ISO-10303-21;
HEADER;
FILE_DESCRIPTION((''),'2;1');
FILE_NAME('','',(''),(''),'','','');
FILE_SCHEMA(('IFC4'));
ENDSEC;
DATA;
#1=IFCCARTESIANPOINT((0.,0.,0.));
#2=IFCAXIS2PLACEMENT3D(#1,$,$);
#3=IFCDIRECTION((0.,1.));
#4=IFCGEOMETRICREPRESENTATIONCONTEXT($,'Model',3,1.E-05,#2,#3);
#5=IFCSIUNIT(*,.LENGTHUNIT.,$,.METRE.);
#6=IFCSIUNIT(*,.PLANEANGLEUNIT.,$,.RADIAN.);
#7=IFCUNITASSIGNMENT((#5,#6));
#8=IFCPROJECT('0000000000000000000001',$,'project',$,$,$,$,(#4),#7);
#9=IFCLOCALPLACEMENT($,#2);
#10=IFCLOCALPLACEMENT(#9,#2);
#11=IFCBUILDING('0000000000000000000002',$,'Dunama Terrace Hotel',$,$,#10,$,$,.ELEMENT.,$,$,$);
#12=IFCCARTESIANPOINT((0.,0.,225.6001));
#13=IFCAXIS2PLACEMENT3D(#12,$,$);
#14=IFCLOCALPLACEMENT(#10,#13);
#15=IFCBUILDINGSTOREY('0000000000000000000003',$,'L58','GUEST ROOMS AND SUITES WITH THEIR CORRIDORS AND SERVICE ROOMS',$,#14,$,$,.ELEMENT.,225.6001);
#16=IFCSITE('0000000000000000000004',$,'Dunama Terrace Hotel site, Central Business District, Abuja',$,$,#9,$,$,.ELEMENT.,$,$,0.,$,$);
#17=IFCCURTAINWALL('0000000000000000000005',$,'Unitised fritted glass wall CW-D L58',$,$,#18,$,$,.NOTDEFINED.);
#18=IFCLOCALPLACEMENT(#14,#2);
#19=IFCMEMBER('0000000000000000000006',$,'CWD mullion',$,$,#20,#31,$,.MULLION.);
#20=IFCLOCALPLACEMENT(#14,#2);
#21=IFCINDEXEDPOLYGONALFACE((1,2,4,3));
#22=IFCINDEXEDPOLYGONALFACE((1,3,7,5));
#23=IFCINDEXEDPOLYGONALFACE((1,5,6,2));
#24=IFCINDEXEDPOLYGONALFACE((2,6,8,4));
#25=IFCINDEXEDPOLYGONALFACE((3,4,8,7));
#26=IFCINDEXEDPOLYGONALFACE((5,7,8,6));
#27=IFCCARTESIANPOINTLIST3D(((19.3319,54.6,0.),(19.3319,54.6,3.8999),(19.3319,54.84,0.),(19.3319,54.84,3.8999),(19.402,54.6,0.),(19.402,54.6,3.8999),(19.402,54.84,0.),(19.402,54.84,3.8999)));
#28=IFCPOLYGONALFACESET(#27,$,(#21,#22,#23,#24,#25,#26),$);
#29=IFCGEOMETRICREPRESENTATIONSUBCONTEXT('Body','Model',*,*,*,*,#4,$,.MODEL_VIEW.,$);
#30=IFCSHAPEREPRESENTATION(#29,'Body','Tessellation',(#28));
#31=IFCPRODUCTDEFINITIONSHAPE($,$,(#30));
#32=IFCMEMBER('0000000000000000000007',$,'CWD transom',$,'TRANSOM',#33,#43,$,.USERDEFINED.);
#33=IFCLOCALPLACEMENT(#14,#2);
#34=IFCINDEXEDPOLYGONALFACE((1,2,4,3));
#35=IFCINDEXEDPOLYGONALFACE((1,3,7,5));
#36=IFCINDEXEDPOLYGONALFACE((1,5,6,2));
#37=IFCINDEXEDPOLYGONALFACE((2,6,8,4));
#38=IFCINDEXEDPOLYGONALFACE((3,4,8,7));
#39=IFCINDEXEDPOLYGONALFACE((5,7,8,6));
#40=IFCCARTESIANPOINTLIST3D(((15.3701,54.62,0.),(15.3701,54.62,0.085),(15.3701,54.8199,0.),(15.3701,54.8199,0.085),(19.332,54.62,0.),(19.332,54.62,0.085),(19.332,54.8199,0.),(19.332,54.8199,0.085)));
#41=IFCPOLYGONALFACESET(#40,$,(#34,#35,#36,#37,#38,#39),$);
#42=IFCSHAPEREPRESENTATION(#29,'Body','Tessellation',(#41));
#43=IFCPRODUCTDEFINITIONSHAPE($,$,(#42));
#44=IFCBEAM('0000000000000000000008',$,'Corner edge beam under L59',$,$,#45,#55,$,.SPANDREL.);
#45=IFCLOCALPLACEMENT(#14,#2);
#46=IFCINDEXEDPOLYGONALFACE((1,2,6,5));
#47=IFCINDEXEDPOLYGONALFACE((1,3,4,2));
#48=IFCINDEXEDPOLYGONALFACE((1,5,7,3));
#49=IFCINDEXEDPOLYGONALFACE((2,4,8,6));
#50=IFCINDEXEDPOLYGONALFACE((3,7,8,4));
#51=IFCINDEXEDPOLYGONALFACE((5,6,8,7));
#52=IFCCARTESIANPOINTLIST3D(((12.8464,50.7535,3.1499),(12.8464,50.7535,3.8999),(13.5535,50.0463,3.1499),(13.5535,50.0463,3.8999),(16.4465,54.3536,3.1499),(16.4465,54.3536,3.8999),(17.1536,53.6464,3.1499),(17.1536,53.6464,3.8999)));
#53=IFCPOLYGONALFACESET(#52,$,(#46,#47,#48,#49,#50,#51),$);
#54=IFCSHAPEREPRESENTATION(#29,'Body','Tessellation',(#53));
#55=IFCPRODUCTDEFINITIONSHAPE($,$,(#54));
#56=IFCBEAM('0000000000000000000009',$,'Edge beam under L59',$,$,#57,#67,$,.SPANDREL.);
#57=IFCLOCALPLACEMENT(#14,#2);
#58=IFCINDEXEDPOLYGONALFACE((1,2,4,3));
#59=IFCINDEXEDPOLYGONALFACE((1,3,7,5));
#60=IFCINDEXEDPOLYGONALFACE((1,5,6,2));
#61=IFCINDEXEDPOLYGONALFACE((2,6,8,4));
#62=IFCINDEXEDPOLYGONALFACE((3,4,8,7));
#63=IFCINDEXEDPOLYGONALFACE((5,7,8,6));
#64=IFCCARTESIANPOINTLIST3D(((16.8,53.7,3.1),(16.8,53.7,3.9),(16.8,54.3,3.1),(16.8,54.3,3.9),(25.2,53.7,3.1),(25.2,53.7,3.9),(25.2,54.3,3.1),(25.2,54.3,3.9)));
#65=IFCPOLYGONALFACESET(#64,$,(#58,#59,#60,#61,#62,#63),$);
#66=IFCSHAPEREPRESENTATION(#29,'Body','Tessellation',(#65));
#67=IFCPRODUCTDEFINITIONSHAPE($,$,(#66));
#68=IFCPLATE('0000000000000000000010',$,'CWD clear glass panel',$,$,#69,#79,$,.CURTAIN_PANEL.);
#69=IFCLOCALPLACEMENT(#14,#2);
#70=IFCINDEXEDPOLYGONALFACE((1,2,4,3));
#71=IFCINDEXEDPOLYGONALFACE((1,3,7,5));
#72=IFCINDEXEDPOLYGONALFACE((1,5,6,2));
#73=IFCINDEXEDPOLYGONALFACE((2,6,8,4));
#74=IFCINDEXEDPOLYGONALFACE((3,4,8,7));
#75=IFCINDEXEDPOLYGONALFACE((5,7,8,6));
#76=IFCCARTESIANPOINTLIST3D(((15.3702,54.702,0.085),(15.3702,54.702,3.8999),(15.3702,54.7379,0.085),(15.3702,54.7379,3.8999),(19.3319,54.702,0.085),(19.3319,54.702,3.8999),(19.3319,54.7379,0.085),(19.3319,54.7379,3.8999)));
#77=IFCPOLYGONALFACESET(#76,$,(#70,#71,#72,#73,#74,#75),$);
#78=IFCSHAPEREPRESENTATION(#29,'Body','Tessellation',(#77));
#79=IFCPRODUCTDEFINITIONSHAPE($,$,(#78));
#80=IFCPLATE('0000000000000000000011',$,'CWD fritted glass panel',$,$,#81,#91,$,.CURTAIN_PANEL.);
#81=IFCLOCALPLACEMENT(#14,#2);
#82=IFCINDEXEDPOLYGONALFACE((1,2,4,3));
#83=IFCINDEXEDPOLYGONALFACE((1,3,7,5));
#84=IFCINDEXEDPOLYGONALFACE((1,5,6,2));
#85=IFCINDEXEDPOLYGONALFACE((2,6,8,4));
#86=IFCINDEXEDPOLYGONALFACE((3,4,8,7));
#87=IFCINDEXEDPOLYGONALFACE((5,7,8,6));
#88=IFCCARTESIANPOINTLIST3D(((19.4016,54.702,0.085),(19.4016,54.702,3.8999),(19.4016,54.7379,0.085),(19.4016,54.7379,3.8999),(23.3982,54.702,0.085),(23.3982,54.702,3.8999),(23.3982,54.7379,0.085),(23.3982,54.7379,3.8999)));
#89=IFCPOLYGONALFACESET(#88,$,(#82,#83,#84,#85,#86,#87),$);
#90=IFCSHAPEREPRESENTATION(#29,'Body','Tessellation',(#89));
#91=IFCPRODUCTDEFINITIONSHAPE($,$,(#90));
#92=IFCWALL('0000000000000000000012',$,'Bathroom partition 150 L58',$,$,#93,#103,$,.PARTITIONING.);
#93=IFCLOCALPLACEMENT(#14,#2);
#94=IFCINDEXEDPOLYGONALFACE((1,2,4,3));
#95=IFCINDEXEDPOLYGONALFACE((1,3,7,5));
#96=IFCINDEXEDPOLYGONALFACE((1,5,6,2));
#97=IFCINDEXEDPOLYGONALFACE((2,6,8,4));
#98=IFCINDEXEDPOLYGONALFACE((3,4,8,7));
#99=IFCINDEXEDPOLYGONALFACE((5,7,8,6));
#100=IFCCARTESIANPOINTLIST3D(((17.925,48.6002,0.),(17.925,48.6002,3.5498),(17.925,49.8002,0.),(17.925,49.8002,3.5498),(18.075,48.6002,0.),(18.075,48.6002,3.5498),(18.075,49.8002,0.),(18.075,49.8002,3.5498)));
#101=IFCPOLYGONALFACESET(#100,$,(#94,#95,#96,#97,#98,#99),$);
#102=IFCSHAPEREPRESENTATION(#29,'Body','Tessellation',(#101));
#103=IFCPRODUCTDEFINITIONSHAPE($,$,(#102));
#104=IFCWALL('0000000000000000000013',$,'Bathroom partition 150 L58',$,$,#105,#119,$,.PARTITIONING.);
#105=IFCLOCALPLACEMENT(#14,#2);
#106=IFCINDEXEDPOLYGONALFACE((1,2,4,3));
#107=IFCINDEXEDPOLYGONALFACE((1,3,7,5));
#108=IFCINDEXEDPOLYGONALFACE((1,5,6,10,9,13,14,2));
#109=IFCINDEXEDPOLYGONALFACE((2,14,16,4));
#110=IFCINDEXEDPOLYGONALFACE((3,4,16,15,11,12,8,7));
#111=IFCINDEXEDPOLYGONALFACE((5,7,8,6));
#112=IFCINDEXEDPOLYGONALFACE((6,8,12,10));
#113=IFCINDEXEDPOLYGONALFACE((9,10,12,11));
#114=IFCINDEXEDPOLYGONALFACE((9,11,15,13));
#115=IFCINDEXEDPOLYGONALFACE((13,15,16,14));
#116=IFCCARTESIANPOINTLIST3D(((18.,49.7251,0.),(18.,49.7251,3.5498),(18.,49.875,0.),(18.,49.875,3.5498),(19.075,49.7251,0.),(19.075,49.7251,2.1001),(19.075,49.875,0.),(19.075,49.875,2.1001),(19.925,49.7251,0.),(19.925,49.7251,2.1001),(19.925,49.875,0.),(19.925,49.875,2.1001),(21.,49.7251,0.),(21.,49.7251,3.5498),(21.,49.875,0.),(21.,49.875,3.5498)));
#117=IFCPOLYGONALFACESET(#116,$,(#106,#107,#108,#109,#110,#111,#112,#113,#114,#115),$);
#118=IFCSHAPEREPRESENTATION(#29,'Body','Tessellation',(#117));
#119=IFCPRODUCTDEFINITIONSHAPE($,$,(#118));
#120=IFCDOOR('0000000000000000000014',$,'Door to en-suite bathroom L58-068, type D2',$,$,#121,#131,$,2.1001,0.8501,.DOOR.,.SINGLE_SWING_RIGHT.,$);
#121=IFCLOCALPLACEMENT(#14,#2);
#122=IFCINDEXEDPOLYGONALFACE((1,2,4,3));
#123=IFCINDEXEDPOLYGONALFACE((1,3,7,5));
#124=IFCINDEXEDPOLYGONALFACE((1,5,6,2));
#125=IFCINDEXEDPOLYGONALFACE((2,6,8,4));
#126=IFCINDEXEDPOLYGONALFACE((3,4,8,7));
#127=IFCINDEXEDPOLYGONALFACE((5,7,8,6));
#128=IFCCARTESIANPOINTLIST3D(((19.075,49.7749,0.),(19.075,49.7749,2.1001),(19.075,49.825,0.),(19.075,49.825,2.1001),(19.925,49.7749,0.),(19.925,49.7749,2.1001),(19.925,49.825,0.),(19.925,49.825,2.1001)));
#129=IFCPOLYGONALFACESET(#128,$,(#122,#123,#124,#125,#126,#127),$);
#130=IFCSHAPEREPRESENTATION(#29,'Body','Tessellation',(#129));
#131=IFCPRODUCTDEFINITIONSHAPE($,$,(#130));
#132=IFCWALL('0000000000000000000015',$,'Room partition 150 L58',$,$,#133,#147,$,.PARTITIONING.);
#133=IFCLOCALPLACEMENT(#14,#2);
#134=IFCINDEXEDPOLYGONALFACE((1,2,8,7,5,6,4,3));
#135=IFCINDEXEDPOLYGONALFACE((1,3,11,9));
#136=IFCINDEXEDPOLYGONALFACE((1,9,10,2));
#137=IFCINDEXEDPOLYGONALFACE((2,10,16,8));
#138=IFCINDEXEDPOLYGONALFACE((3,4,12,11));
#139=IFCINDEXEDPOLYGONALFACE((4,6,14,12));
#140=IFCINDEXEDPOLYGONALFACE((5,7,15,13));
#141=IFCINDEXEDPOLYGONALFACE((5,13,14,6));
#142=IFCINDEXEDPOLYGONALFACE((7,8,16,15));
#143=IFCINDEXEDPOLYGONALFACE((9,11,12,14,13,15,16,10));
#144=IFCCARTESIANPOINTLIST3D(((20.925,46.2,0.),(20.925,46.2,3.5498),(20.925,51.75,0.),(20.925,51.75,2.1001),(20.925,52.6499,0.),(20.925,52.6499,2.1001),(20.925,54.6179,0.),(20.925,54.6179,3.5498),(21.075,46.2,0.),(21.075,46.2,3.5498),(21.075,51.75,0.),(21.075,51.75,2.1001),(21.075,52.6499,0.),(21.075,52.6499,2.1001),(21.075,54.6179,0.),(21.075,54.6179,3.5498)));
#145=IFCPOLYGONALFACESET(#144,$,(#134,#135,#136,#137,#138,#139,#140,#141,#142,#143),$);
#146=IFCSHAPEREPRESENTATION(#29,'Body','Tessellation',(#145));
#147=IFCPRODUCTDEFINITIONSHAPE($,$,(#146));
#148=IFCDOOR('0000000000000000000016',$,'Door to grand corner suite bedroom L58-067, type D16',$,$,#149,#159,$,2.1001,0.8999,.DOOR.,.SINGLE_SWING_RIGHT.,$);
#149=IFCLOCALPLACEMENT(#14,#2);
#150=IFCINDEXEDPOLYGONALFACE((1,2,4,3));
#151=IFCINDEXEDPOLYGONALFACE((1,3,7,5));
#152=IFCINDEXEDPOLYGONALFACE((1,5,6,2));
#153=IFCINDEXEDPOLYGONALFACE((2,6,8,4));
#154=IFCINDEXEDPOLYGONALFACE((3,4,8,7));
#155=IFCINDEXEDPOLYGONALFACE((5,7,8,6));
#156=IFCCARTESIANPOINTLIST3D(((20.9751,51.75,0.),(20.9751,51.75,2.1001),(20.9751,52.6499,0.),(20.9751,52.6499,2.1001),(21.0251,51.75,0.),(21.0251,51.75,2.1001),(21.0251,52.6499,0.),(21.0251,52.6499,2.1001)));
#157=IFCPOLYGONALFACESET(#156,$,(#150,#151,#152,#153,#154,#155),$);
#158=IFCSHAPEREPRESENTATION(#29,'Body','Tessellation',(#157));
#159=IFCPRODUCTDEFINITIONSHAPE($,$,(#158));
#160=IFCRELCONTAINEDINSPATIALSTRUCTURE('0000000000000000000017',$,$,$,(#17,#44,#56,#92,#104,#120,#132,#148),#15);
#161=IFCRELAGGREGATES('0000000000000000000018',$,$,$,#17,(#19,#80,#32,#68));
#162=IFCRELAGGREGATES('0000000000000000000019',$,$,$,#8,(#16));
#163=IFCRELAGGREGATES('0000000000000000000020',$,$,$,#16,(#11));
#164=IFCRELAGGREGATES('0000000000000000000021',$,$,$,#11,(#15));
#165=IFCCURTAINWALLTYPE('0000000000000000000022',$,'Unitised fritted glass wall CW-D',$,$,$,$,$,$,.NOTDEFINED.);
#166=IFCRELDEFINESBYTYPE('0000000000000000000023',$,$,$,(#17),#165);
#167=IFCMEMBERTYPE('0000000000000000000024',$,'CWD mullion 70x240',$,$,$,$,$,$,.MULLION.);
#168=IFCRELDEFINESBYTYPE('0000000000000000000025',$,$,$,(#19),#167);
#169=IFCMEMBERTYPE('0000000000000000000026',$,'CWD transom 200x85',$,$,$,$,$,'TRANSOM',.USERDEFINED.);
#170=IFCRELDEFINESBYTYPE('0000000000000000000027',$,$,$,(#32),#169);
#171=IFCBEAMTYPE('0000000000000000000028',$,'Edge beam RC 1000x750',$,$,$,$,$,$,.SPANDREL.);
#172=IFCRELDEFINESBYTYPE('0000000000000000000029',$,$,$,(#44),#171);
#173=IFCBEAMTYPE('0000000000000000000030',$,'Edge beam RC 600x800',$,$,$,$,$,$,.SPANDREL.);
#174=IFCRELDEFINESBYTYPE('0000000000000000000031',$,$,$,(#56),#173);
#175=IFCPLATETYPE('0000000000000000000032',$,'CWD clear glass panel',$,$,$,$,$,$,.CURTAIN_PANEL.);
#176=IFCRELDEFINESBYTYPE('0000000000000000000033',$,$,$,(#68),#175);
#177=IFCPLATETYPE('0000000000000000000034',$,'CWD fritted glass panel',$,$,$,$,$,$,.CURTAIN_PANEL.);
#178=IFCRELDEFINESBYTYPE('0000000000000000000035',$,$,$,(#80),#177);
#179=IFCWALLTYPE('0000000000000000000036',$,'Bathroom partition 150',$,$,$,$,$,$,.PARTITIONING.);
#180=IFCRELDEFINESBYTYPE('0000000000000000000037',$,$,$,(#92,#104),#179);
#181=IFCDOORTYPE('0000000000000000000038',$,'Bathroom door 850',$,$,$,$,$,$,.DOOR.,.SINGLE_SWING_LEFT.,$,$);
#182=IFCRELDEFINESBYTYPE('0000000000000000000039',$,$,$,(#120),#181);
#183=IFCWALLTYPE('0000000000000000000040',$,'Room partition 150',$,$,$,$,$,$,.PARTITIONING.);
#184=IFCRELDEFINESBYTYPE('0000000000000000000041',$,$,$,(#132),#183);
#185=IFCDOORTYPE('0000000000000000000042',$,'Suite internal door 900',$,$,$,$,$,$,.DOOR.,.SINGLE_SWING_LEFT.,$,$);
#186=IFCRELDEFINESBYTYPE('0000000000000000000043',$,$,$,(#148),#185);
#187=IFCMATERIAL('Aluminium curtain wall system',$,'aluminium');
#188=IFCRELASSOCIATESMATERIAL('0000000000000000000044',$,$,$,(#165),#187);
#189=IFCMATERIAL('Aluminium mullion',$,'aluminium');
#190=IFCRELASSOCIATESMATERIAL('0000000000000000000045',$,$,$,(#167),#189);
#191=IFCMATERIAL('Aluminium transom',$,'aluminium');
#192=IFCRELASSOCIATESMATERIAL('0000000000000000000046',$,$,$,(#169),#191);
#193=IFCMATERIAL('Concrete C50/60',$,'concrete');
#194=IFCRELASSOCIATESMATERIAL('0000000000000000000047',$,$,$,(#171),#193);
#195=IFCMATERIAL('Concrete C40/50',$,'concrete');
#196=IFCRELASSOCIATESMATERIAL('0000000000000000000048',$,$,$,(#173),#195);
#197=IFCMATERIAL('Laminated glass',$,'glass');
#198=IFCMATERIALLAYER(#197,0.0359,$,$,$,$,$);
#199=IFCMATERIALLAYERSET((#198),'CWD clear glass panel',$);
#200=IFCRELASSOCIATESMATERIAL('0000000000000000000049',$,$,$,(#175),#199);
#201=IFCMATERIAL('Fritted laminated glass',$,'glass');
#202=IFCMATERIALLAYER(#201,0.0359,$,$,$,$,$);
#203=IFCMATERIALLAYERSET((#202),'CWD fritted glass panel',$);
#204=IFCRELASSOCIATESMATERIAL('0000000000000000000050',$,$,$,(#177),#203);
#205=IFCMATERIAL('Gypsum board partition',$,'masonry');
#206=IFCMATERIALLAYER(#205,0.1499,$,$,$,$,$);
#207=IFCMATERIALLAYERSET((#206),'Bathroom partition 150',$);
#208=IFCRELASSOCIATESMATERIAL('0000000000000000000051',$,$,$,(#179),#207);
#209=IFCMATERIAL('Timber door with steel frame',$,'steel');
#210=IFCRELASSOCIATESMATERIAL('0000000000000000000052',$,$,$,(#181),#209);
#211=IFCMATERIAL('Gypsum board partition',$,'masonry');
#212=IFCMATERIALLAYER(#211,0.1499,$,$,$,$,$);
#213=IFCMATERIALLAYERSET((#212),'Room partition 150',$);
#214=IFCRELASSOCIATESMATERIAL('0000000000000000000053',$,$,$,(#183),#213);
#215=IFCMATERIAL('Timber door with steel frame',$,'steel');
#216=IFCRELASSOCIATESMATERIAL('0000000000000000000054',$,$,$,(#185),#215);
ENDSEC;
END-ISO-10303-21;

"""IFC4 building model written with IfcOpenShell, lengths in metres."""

from ifc_helpers import new_model, si_unit, direction, frame, frame_2d, origin, origin_2d, place, context, subcontext, project, spatial, rectangle, extrude, material, layer, layer_set, material_profile, profile_set, type_object, element, fill, aggregate, save


model = new_model("IFC4")

# Units and contexts
model_context = context("Model", 3, precision=1e-05, world=origin(), true_north=direction((0.0, 1.0)))
body_context = subcontext(model_context, "Body", "Model", "MODEL_VIEW")
ifc_project = project(units=[si_unit("LENGTHUNIT", "METRE"), si_unit("PLANEANGLEUNIT", "RADIAN")], contexts=[model_context])

# Site, building, storey
site_placement = place(None, origin())
site = spatial("IfcSite", under=ifc_project, at=site_placement, Name="Dunama Terrace Hotel site, Central Business District, Abuja", CompositionType="ELEMENT", RefElevation=0.0)
building_placement = place(site_placement, origin())
building = spatial("IfcBuilding", under=site, at=building_placement, Name="Dunama Terrace Hotel", CompositionType="ELEMENT")
storey_placement = place(building_placement, frame((0.0, 0.0, 225.6001)))
storey = spatial("IfcBuildingStorey", under=building, at=storey_placement, Name="L58", Description="GUEST ROOMS AND SUITES WITH THEIR CORRIDORS AND SERVICE ROOMS", CompositionType="ELEMENT", Elevation=225.6001)

# Curtain wall, members
ifc_material_1 = material(Name="Aluminium curtain wall system", Category="aluminium")
curtain_wall_type = type_object("IfcCurtainWallType", Name="Unitised fritted glass wall CW-D", PredefinedType="NOTDEFINED", material=ifc_material_1)
curtain_wall_placement = place(storey_placement, origin())
curtain_wall = element("IfcCurtainWall", 1, at=curtain_wall_placement, inside=storey, type_object=curtain_wall_type, Name="Unitised fritted glass wall CW-D L58", PredefinedType="NOTDEFINED")
ifc_material_2 = material(Name="Aluminium mullion", Category="aluminium")
ifc_material_profile_1 = material_profile(ifc_material_2, rectangle(XDim=0.0701, YDim=0.24, at=origin_2d()), Name="CWD MULLION 70X240")
ifc_profile_set_1 = profile_set([ifc_material_profile_1], Name="Aluminium mullion")
member_type_1 = type_object("IfcMemberType", Name="CWD mullion 70x240", PredefinedType="MULLION", material=ifc_profile_set_1)
member_1_placement = place(storey_placement, frame((19.3669, 54.72, 0.0), z_axis=(0.0, 0.0, 1.0), x_axis=(-1.0, 0.0, 0.0)))
member_1 = element("IfcMember", 2, at=member_1_placement, type_object=member_type_1, Name="CWD mullion", PredefinedType="MULLION", context=body_context, shape_type="SweptSolid", body=[
    extrude(rectangle(XDim=0.0701, YDim=0.24, at=origin_2d()), origin(), (0.0, 0.0, 1.0), 3.8999),
])
ifc_material_3 = material(Name="Aluminium transom", Category="aluminium")
ifc_material_profile_2 = material_profile(ifc_material_3, rectangle(XDim=0.2, YDim=0.085, at=origin_2d()), Name="CWD TRANSOM 200X85")
ifc_profile_set_2 = profile_set([ifc_material_profile_2], Name="Aluminium transom")
member_type_2 = type_object("IfcMemberType", Name="CWD transom 200x85", ElementType="TRANSOM", PredefinedType="USERDEFINED", material=ifc_profile_set_2)
member_2_placement = place(storey_placement, frame((19.332, 54.72, 0.0425), z_axis=(-1.0, 0.0, 0.0), x_axis=(0.0, -1.0, 0.0)))
member_2 = element("IfcMember", 3, at=member_2_placement, type_object=member_type_2, Name="CWD transom", ObjectType="TRANSOM", PredefinedType="USERDEFINED", context=body_context, shape_type="SweptSolid", body=[
    extrude(rectangle(XDim=0.2, YDim=0.085, at=origin_2d()), origin(), (0.0, 0.0, 1.0), 3.9619),
])

# Beams
ifc_material_4 = material(Name="Concrete C50/60", Category="concrete")
ifc_material_profile_3 = material_profile(ifc_material_4, rectangle(XDim=1.0, YDim=0.75, at=origin_2d()), Name="RC 1000x750")
ifc_profile_set_3 = profile_set([ifc_material_profile_3], Name="Concrete C50/60")
beam_type_1 = type_object("IfcBeamType", Name="Edge beam RC 1000x750", PredefinedType="SPANDREL", material=ifc_profile_set_3)
beam_1_placement = place(storey_placement, frame((16.8, 54.0, 3.5249), z_axis=(-0.707107, -0.707107, 0.0), x_axis=(0.707107, -0.707107, 0.0)))
element("IfcBeam", 4, at=beam_1_placement, inside=storey, type_object=beam_type_1, Name="Corner edge beam under L59", PredefinedType="SPANDREL", context=body_context, shape_type="SweptSolid", body=[
    extrude(rectangle(XDim=1.0, YDim=0.75, at=origin_2d()), origin(), (0.0, 0.0, 1.0), 5.0913),
])
ifc_material_5 = material(Name="Concrete C40/50", Category="concrete")
ifc_material_profile_4 = material_profile(ifc_material_5, rectangle(XDim=0.6001, YDim=0.8, at=origin_2d()), Name="RC 600x800")
ifc_profile_set_4 = profile_set([ifc_material_profile_4], Name="Concrete C40/50")
beam_type_2 = type_object("IfcBeamType", Name="Edge beam RC 600x800", PredefinedType="SPANDREL", material=ifc_profile_set_4)
beam_2_placement = place(storey_placement, frame((16.8, 54.0, 3.5), z_axis=(1.0, 0.0, 0.0), x_axis=(0.0, 1.0, 0.0)))
element("IfcBeam", 5, at=beam_2_placement, inside=storey, type_object=beam_type_2, Name="Edge beam under L59", PredefinedType="SPANDREL", context=body_context, shape_type="SweptSolid", body=[
    extrude(rectangle(XDim=0.6001, YDim=0.8, at=origin_2d()), origin(), (0.0, 0.0, 1.0), 8.3999),
])

# Plates
ifc_material_6 = material(Name="Laminated glass", Category="glass")
ifc_layer_1 = layer(ifc_material_6, 0.0359)
ifc_layer_set_1 = layer_set([ifc_layer_1], Name="CWD clear glass panel")
plate_type_1 = type_object("IfcPlateType", Name="CWD clear glass panel", PredefinedType="CURTAIN_PANEL", material=ifc_layer_set_1)
plate_1_placement = place(storey_placement, frame((17.3511, 54.72, 0.085), z_axis=(0.0, 0.0, 1.0), x_axis=(-1.0, 0.0, 0.0)))
plate_1 = element("IfcPlate", 6, at=plate_1_placement, type_object=plate_type_1, Name="CWD clear glass panel", PredefinedType="CURTAIN_PANEL", context=body_context, shape_type="SweptSolid", body=[
    extrude(rectangle(XDim=3.9617, YDim=0.0359, at=origin_2d()), origin(), (0.0, 0.0, 1.0), 3.8149),
])
ifc_material_7 = material(Name="Fritted laminated glass", Category="glass")
ifc_layer_2 = layer(ifc_material_7, 0.0359)
ifc_layer_set_2 = layer_set([ifc_layer_2], Name="CWD fritted glass panel")
plate_type_2 = type_object("IfcPlateType", Name="CWD fritted glass panel", PredefinedType="CURTAIN_PANEL", material=ifc_layer_set_2)
plate_2_placement = place(storey_placement, frame((21.3999, 54.72, 0.085), z_axis=(0.0, 0.0, 1.0), x_axis=(-1.0, 0.0, 0.0)))
plate_2 = element("IfcPlate", 7, at=plate_2_placement, type_object=plate_type_2, Name="CWD fritted glass panel", PredefinedType="CURTAIN_PANEL", context=body_context, shape_type="SweptSolid", body=[
    extrude(rectangle(XDim=3.9966, YDim=0.0359, at=origin_2d()), origin(), (0.0, 0.0, 1.0), 3.8149),
])
aggregate(curtain_wall, [member_1, plate_2, member_2, plate_1])

# Wall
ifc_material_8 = material(Name="Gypsum board partition", Category="masonry")
ifc_layer_3 = layer(ifc_material_8, 0.1499)
ifc_layer_set_3 = layer_set([ifc_layer_3], Name="Bathroom partition 150")
wall_type_1 = type_object("IfcWallType", Name="Bathroom partition 150", PredefinedType="PARTITIONING", material=ifc_layer_set_3)
wall_1_placement = place(storey_placement, frame((18.0, 48.6001, 0.0), z_axis=(0.0, 0.0, 1.0), x_axis=(0.0, 1.0, 0.0)))
element("IfcWall", 8, at=wall_1_placement, inside=storey, type_object=wall_type_1, Name="Bathroom partition 150 L58", PredefinedType="PARTITIONING", context=body_context, shape_type="SweptSolid", body=[
    extrude(rectangle(XDim=1.2, YDim=0.1499, at=frame_2d((0.6001, 0.0))), origin(), (0.0, 0.0, 1.0), 3.5498),
])

# Walls, openings, doors
wall_2_placement = place(storey_placement, frame((18.0, 49.8, 0.0), z_axis=(0.0, 0.0, 1.0), x_axis=(1.0, 0.0, 0.0)))
wall_2 = element("IfcWall", 9, at=wall_2_placement, inside=storey, type_object=wall_type_1, Name="Bathroom partition 150 L58", PredefinedType="PARTITIONING", context=body_context, shape_type="SweptSolid", body=[
    extrude(rectangle(XDim=3.0, YDim=0.1499, at=frame_2d((1.5, 0.0))), origin(), (0.0, 0.0, 1.0), 3.5498),
])
opening_1_placement = place(wall_2_placement, frame((1.075, 0.0, 0.0)))
opening_1 = element("IfcOpeningElement", 10, at=opening_1_placement, cuts=wall_2, PredefinedType="OPENING", context=body_context, shape_type="SweptSolid", body=[
    extrude(rectangle(XDim=0.8501, YDim=2.1001, at=frame_2d((0.425, 1.05))), frame((0.0, 0.085, 0.0), z_axis=(0.0, -1.0, 0.0), x_axis=(1.0, 0.0, 0.0)), (0.0, 0.0, 1.0), 0.1699),
])
ifc_material_9 = material(Name="Timber door with steel frame", Category="steel")
door_type_1 = type_object("IfcDoorType", Name="Bathroom door 850", OperationType="SINGLE_SWING_LEFT", PredefinedType="DOOR", material=ifc_material_9)
door_1_placement = place(opening_1_placement, frame((0.8501, 0.0, 0.0), z_axis=(0.0, 0.0, 1.0), x_axis=(-1.0, 0.0, 0.0)))
door_1 = element("IfcDoor", 11, at=door_1_placement, inside=storey, type_object=door_type_1, Name="Door to en-suite bathroom L58-068, type D2", OperationType="SINGLE_SWING_RIGHT", OverallHeight=2.1001, OverallWidth=0.8501, PredefinedType="DOOR", context=body_context, shape_type="SweptSolid", body=[
    extrude(rectangle(XDim=0.8501, YDim=2.1001, at=frame_2d((0.425, 1.05))), frame((0.0, 0.0251, 0.0), z_axis=(0.0, -1.0, 0.0), x_axis=(1.0, 0.0, 0.0)), (0.0, 0.0, 1.0), 0.05),
])
fill(opening_1, door_1)
ifc_material_10 = material(Name="Gypsum board partition", Category="masonry")
ifc_layer_4 = layer(ifc_material_10, 0.1499)
ifc_layer_set_4 = layer_set([ifc_layer_4], Name="Room partition 150")
wall_type_2 = type_object("IfcWallType", Name="Room partition 150", PredefinedType="PARTITIONING", material=ifc_layer_set_4)
wall_3_placement = place(storey_placement, frame((21.0, 46.2, 0.0), z_axis=(0.0, 0.0, 1.0), x_axis=(0.0, 1.0, 0.0)))
wall_3 = element("IfcWall", 12, at=wall_3_placement, inside=storey, type_object=wall_type_2, Name="Room partition 150 L58", PredefinedType="PARTITIONING", context=body_context, shape_type="SweptSolid", body=[
    extrude(rectangle(XDim=8.418, YDim=0.1499, at=frame_2d((4.209, 0.0))), origin(), (0.0, 0.0, 1.0), 3.5498),
])
opening_2_placement = place(wall_3_placement, frame((5.55, 0.0, 0.0)))
opening_2 = element("IfcOpeningElement", 13, at=opening_2_placement, cuts=wall_3, PredefinedType="OPENING", context=body_context, shape_type="SweptSolid", body=[
    extrude(rectangle(XDim=0.8999, YDim=2.1001, at=frame_2d((0.45, 1.05))), frame((0.0, 0.085, 0.0), z_axis=(0.0, -1.0, 0.0), x_axis=(1.0, 0.0, 0.0)), (0.0, 0.0, 1.0), 0.1699),
])
ifc_material_11 = material(Name="Timber door with steel frame", Category="steel")
door_type_2 = type_object("IfcDoorType", Name="Suite internal door 900", OperationType="SINGLE_SWING_LEFT", PredefinedType="DOOR", material=ifc_material_11)
door_2_placement = place(opening_2_placement, origin())
door_2 = element("IfcDoor", 14, at=door_2_placement, inside=storey, type_object=door_type_2, Name="Door to grand corner suite bedroom L58-067, type D16", OperationType="SINGLE_SWING_RIGHT", OverallHeight=2.1001, OverallWidth=0.8999, PredefinedType="DOOR", context=body_context, shape_type="SweptSolid", body=[
    extrude(rectangle(XDim=0.8999, YDim=2.1001, at=frame_2d((0.45, 1.05))), frame((0.0, 0.0249, 0.0), z_axis=(0.0, -1.0, 0.0), x_axis=(1.0, 0.0, 0.0)), (0.0, 0.0, 1.0), 0.05),
])
fill(opening_2, door_2)

save(model, "model.ifc")
